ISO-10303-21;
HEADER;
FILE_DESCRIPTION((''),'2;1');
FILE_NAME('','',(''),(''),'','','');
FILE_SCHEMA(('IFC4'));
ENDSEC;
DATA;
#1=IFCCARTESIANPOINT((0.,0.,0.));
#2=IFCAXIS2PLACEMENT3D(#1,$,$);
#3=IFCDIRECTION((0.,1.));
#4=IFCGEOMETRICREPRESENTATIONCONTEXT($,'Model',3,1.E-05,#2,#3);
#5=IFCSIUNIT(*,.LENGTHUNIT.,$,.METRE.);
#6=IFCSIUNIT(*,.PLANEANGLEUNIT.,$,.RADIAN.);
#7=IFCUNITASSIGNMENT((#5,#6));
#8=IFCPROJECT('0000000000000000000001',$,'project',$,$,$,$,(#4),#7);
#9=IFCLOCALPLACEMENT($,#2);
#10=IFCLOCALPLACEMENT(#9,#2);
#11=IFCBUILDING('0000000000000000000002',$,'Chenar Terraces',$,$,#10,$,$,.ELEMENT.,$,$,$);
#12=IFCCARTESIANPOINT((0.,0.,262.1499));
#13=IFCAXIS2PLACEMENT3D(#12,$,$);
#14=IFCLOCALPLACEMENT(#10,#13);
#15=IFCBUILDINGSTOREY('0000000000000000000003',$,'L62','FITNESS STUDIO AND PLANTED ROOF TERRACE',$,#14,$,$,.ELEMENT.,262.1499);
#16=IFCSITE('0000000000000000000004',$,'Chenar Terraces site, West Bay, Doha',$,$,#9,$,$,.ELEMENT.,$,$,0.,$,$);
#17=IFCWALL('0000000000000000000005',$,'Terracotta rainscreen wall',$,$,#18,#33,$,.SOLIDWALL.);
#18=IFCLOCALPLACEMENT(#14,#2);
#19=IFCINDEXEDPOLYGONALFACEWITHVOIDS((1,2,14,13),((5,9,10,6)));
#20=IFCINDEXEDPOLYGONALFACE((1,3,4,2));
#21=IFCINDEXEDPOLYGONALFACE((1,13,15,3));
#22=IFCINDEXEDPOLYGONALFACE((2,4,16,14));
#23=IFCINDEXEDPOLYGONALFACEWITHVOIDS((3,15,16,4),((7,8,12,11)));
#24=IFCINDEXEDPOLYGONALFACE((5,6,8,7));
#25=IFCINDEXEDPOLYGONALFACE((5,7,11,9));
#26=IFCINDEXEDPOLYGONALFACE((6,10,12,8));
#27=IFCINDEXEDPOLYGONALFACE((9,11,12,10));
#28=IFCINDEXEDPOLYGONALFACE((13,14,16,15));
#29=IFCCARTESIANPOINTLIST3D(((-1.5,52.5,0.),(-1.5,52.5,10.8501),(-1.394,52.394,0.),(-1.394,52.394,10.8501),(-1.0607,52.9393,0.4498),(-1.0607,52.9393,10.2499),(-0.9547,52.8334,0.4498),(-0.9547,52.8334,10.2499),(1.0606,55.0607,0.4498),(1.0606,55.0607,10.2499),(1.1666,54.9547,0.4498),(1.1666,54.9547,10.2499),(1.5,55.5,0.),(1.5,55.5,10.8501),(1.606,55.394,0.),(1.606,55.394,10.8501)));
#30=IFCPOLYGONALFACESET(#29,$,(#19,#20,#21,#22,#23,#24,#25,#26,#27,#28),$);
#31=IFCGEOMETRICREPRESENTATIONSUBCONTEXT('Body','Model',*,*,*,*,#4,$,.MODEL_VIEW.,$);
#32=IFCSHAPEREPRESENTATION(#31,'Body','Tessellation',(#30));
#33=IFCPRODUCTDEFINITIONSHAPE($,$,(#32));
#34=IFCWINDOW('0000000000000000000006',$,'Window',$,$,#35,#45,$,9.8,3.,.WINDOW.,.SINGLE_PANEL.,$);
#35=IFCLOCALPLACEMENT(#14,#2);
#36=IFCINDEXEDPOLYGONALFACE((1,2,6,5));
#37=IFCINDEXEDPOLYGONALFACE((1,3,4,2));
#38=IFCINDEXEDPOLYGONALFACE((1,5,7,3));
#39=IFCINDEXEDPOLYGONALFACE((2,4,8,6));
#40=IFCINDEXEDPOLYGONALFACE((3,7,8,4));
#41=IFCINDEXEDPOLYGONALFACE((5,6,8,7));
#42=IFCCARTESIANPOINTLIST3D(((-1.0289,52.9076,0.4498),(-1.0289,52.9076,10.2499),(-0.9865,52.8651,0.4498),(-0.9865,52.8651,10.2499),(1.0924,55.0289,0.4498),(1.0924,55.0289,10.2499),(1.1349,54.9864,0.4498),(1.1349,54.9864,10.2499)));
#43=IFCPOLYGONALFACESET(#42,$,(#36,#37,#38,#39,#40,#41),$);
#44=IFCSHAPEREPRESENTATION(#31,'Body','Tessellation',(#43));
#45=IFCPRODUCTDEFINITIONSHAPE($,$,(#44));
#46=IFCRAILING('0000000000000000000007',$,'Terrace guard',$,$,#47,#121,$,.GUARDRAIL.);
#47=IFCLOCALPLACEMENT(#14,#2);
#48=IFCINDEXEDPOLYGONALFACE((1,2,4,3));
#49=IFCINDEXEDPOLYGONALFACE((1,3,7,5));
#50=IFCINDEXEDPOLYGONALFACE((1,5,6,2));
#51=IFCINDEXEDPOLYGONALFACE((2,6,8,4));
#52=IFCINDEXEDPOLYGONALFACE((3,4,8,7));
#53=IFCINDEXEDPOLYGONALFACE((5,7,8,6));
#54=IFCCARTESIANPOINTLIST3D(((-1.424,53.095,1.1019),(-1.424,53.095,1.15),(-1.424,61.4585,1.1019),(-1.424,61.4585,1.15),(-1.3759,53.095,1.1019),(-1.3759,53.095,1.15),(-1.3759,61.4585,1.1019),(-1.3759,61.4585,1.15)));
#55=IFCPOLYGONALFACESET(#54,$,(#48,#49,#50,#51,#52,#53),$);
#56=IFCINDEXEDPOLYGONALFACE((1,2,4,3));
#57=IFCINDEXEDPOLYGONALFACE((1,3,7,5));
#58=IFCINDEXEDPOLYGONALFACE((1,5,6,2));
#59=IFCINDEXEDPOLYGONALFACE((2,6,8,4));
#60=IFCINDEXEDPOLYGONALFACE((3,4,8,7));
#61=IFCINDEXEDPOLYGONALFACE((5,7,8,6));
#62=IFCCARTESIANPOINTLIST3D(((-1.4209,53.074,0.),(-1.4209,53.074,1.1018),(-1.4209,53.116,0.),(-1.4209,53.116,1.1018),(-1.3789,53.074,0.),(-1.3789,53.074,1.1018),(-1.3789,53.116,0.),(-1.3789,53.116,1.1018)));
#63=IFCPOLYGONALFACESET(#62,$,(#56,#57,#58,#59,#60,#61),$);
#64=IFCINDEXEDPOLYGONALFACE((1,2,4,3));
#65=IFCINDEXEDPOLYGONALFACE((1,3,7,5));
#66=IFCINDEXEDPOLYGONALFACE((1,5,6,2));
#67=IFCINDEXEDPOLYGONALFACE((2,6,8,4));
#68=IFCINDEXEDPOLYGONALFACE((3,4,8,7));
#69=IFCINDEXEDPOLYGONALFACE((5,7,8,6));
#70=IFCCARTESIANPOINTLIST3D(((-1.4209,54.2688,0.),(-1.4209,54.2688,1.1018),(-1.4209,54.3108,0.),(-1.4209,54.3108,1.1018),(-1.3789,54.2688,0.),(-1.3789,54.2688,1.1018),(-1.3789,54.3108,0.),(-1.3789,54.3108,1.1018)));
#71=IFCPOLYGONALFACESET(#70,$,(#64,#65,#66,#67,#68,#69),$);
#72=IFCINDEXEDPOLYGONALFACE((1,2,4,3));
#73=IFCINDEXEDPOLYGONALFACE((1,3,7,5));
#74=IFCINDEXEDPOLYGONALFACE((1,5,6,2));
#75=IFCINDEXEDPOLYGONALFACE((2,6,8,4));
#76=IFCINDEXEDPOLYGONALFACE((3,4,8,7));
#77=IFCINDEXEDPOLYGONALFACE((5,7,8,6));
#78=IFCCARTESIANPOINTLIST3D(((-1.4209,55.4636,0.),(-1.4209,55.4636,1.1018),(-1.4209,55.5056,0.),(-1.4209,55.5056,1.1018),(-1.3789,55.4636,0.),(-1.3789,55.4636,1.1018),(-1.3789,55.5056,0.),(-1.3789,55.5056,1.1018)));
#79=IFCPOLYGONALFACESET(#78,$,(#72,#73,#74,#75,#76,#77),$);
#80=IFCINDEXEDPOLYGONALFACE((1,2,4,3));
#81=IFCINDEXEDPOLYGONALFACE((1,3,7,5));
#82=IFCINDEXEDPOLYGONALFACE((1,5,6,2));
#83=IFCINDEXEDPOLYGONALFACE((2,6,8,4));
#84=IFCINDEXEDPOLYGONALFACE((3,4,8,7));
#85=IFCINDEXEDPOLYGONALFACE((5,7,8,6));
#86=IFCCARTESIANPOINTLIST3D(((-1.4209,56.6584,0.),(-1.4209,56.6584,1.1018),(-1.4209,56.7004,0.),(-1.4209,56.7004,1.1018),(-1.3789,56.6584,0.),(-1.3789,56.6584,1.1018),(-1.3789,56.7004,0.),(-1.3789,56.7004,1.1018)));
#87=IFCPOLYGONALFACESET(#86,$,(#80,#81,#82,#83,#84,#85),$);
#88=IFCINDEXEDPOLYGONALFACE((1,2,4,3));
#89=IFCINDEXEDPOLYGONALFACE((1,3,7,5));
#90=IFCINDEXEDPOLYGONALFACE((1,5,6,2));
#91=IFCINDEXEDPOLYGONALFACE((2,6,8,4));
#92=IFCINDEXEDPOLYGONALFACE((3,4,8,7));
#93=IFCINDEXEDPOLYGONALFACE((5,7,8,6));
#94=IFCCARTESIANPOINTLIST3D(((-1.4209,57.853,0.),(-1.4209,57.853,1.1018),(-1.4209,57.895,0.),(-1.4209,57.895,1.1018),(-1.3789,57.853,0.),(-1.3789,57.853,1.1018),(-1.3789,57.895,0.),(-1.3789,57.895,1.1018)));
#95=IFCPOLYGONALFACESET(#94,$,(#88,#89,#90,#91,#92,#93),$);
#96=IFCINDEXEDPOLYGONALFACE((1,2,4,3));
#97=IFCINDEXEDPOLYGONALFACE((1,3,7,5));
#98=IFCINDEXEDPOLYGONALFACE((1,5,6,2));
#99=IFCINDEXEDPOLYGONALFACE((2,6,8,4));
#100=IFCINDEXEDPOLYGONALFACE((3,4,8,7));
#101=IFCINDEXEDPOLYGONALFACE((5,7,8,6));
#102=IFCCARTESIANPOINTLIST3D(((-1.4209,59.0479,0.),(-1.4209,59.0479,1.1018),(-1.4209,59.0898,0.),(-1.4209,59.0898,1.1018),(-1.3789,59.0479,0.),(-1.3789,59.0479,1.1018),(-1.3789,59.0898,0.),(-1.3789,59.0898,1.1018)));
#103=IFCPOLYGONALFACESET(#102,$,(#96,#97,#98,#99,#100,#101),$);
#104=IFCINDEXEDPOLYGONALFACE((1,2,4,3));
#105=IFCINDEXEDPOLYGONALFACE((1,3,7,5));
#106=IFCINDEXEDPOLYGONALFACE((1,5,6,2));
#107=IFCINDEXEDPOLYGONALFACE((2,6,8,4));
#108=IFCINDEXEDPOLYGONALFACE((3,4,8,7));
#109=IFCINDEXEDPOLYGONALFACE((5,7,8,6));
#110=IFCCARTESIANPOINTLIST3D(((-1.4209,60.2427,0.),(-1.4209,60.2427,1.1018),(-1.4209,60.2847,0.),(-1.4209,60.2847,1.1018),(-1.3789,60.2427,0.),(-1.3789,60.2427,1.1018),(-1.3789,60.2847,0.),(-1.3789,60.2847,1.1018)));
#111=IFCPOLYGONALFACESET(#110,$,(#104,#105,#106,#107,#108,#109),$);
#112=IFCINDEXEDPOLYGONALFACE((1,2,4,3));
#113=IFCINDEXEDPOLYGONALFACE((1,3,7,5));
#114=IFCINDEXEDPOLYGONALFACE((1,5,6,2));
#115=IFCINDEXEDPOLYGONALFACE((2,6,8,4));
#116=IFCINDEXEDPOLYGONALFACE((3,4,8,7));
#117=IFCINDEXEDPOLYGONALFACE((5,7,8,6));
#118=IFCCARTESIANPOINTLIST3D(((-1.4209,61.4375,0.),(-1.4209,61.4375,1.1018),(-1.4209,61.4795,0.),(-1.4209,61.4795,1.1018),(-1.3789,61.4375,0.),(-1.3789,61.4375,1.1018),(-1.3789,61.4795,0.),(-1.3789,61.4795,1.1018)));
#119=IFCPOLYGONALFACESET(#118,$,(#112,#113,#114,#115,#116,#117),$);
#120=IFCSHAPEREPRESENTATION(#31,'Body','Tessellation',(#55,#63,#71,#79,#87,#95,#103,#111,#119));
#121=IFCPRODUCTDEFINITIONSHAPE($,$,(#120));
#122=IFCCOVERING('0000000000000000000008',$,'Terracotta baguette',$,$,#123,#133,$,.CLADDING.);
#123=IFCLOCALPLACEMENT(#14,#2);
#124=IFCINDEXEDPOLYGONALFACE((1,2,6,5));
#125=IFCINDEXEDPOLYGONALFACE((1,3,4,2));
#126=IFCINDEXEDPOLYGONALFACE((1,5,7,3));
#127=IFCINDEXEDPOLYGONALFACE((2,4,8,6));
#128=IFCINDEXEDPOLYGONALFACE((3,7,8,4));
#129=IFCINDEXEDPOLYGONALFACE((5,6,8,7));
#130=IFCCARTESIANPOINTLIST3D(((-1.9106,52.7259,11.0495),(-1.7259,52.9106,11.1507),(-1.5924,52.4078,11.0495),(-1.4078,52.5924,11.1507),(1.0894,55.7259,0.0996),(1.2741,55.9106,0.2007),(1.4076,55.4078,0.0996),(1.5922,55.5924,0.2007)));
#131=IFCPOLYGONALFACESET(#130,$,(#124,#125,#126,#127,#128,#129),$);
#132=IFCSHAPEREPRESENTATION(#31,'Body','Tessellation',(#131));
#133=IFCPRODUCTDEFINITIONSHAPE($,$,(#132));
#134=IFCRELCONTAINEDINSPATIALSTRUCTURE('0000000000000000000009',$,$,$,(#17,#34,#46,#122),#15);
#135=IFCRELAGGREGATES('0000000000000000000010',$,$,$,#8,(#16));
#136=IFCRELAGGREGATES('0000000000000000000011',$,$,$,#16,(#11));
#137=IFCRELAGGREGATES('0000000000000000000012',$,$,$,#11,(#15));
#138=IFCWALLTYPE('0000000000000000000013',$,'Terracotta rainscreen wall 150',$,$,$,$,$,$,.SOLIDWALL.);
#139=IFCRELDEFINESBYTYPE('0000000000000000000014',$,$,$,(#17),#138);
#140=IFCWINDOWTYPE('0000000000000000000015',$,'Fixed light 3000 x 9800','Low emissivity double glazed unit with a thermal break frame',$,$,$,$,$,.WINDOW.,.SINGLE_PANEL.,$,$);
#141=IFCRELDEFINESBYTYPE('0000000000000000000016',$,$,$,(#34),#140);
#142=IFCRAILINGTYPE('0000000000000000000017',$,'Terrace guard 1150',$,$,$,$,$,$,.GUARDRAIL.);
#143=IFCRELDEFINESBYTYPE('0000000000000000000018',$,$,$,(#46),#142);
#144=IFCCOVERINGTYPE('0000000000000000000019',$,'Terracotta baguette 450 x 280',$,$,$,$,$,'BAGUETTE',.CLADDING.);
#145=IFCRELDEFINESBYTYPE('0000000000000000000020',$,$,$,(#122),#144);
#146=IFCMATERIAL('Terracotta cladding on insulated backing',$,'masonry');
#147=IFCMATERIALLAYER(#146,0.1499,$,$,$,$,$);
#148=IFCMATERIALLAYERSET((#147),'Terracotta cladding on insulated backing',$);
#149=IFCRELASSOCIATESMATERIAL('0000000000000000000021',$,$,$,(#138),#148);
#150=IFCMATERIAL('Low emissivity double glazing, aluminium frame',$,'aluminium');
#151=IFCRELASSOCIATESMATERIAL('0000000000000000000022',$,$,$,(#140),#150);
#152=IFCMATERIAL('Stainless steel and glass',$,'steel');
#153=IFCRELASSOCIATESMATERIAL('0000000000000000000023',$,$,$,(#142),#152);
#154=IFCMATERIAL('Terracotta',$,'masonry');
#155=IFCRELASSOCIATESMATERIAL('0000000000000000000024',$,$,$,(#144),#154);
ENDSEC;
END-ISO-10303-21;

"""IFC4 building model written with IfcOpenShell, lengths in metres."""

from ifc_helpers import new_model, si_unit, direction, frame, frame_2d, origin, origin_2d, place, context, subcontext, project, spatial, rectangle, extrude, material, layer, layer_set, material_profile, profile_set, type_object, element, fill, save


model = new_model("IFC4")

# Units and contexts
model_context = context("Model", 3, precision=1e-05, world=origin(), true_north=direction((0.0, 1.0)))
body_context = subcontext(model_context, "Body", "Model", "MODEL_VIEW")
ifc_project = project(units=[si_unit("LENGTHUNIT", "METRE"), si_unit("PLANEANGLEUNIT", "RADIAN")], contexts=[model_context])

# Site, building, storey
site_placement = place(None, origin())
site = spatial("IfcSite", under=ifc_project, at=site_placement, Name="Chenar Terraces site, West Bay, Doha", CompositionType="ELEMENT", RefElevation=0.0)
building_placement = place(site_placement, origin())
building = spatial("IfcBuilding", under=site, at=building_placement, Name="Chenar Terraces", CompositionType="ELEMENT")
storey_placement = place(building_placement, frame((0.0, 0.0, 262.1499)))
storey = spatial("IfcBuildingStorey", under=building, at=storey_placement, Name="L62", Description="FITNESS STUDIO AND PLANTED ROOF TERRACE", CompositionType="ELEMENT", Elevation=262.1499)

# Wall, opening, window
ifc_material_1 = material(Name="Terracotta cladding on insulated backing", Category="masonry")
ifc_layer_1 = layer(ifc_material_1, 0.1499)
ifc_layer_set_1 = layer_set([ifc_layer_1], Name="Terracotta cladding on insulated backing")
wall_type_1 = type_object("IfcWallType", Name="Terracotta rainscreen wall 150", PredefinedType="SOLIDWALL", material=ifc_layer_set_1)
wall_1_placement = place(storey_placement, frame((1.553, 55.447, 0.0), z_axis=(0.0, 0.0, 1.0), x_axis=(-0.707107, -0.707107, 0.0)))
wall_1 = element("IfcWall", 1, at=wall_1_placement, inside=storey, type_object=wall_type_1, Name="Terracotta rainscreen wall", PredefinedType="SOLIDWALL", context=body_context, shape_type="SweptSolid", body=[
    extrude(rectangle(XDim=4.2427, YDim=0.1499, at=frame_2d((2.1213, 0.0))), origin(), (0.0, 0.0, 1.0), 10.8501),
])
opening_1_placement = place(wall_1_placement, frame((0.6213, 0.0, 0.45)))
opening_1 = element("IfcOpeningElement", 2, at=opening_1_placement, cuts=wall_1, PredefinedType="OPENING", context=body_context, shape_type="SweptSolid", body=[
    extrude(rectangle(XDim=3.0, YDim=9.8, at=frame_2d((1.5, 4.8999))), frame((0.0, 0.085, 0.0), z_axis=(0.0, -1.0, 0.0), x_axis=(1.0, 0.0, 0.0)), (0.0, 0.0, 1.0), 0.1699),
])
ifc_material_2 = material(Name="Low emissivity double glazing, aluminium frame", Category="aluminium")
window_type = type_object("IfcWindowType", Name="Fixed light 3000 x 9800", Description="Low emissivity double glazed unit with a thermal break frame", PartitioningType="SINGLE_PANEL", PredefinedType="WINDOW", material=ifc_material_2)
window_placement = place(opening_1_placement, origin())
window = element("IfcWindow", 3, at=window_placement, inside=storey, type_object=window_type, Name="Window", OverallHeight=9.8, OverallWidth=3.0, PartitioningType="SINGLE_PANEL", PredefinedType="WINDOW", context=body_context, shape_type="SweptSolid", body=[
    extrude(rectangle(XDim=3.0, YDim=9.8, at=frame_2d((1.5, 4.8999))), frame((0.0, 0.03, 0.0), z_axis=(0.0, -1.0, 0.0), x_axis=(1.0, 0.0, 0.0)), (0.0, 0.0, 1.0), 0.0601),
])
fill(opening_1, window)

# Railing
ifc_material_3 = material(Name="Stainless steel and glass", Category="steel")
railing_type = type_object("IfcRailingType", Name="Terrace guard 1150", PredefinedType="GUARDRAIL", material=ifc_material_3)
railing_1_placement = place(storey_placement, frame((-1.3999, 53.095, 0.0)))
element("IfcRailing", 4, at=railing_1_placement, inside=storey, type_object=railing_type, Name="Terrace guard", PredefinedType="GUARDRAIL", context=body_context, shape_type="SweptSolid", body=[
    extrude(rectangle(XDim=0.0481, YDim=0.0481, at=origin_2d()), frame((0.0, 0.0, 1.126), z_axis=(0.0, 1.0, 0.0), x_axis=(-1.0, 0.0, 0.0)), (0.0, 0.0, 1.0), 8.3635),
    extrude(rectangle(XDim=0.042, YDim=0.042, at=origin_2d()), origin(), (0.0, 0.0, 1.0), 1.1018),
    extrude(rectangle(XDim=0.042, YDim=0.042, at=origin_2d()), frame((0.0, 1.1948, 0.0)), (0.0, 0.0, 1.0), 1.1018),
    extrude(rectangle(XDim=0.042, YDim=0.042, at=origin_2d()), frame((0.0, 2.3896, 0.0)), (0.0, 0.0, 1.0), 1.1018),
    extrude(rectangle(XDim=0.042, YDim=0.042, at=origin_2d()), frame((0.0, 3.5845, 0.0)), (0.0, 0.0, 1.0), 1.1018),
    extrude(rectangle(XDim=0.042, YDim=0.042, at=origin_2d()), frame((0.0, 4.7791, 0.0)), (0.0, 0.0, 1.0), 1.1018),
    extrude(rectangle(XDim=0.042, YDim=0.042, at=origin_2d()), frame((0.0, 5.9739, 0.0)), (0.0, 0.0, 1.0), 1.1018),
    extrude(rectangle(XDim=0.042, YDim=0.042, at=origin_2d()), frame((0.0, 7.1687, 0.0)), (0.0, 0.0, 1.0), 1.1018),
    extrude(rectangle(XDim=0.042, YDim=0.042, at=origin_2d()), frame((0.0, 8.3635, 0.0)), (0.0, 0.0, 1.0), 1.1018),
])

# Covering
ifc_material_4 = material(Name="Terracotta", Category="masonry")
ifc_material_profile_1 = material_profile(ifc_material_4, rectangle(XDim=0.45, YDim=0.28, at=origin_2d()), Name="Terracotta baguette 450 x 280")
ifc_profile_set_1 = profile_set([ifc_material_profile_1], Name="Terracotta")
covering_type = type_object("IfcCoveringType", Name="Terracotta baguette 450 x 280", ElementType="BAGUETTE", PredefinedType="CLADDING", material=ifc_profile_set_1)
covering_placement = place(storey_placement, frame((1.3408, 55.6592, 0.1501), z_axis=(-0.255468, -0.255468, 0.932455), x_axis=(0.707107, -0.707107, 0.0)))
element("IfcCovering", 5, at=covering_placement, inside=storey, type_object=covering_type, Name="Terracotta baguette", PredefinedType="CLADDING", context=body_context, shape_type="SweptSolid", body=[
    extrude(rectangle(XDim=0.45, YDim=0.28, at=origin_2d()), origin(), (0.0, 0.0, 1.0), 11.7432),
])

save(model, "model.ifc")
